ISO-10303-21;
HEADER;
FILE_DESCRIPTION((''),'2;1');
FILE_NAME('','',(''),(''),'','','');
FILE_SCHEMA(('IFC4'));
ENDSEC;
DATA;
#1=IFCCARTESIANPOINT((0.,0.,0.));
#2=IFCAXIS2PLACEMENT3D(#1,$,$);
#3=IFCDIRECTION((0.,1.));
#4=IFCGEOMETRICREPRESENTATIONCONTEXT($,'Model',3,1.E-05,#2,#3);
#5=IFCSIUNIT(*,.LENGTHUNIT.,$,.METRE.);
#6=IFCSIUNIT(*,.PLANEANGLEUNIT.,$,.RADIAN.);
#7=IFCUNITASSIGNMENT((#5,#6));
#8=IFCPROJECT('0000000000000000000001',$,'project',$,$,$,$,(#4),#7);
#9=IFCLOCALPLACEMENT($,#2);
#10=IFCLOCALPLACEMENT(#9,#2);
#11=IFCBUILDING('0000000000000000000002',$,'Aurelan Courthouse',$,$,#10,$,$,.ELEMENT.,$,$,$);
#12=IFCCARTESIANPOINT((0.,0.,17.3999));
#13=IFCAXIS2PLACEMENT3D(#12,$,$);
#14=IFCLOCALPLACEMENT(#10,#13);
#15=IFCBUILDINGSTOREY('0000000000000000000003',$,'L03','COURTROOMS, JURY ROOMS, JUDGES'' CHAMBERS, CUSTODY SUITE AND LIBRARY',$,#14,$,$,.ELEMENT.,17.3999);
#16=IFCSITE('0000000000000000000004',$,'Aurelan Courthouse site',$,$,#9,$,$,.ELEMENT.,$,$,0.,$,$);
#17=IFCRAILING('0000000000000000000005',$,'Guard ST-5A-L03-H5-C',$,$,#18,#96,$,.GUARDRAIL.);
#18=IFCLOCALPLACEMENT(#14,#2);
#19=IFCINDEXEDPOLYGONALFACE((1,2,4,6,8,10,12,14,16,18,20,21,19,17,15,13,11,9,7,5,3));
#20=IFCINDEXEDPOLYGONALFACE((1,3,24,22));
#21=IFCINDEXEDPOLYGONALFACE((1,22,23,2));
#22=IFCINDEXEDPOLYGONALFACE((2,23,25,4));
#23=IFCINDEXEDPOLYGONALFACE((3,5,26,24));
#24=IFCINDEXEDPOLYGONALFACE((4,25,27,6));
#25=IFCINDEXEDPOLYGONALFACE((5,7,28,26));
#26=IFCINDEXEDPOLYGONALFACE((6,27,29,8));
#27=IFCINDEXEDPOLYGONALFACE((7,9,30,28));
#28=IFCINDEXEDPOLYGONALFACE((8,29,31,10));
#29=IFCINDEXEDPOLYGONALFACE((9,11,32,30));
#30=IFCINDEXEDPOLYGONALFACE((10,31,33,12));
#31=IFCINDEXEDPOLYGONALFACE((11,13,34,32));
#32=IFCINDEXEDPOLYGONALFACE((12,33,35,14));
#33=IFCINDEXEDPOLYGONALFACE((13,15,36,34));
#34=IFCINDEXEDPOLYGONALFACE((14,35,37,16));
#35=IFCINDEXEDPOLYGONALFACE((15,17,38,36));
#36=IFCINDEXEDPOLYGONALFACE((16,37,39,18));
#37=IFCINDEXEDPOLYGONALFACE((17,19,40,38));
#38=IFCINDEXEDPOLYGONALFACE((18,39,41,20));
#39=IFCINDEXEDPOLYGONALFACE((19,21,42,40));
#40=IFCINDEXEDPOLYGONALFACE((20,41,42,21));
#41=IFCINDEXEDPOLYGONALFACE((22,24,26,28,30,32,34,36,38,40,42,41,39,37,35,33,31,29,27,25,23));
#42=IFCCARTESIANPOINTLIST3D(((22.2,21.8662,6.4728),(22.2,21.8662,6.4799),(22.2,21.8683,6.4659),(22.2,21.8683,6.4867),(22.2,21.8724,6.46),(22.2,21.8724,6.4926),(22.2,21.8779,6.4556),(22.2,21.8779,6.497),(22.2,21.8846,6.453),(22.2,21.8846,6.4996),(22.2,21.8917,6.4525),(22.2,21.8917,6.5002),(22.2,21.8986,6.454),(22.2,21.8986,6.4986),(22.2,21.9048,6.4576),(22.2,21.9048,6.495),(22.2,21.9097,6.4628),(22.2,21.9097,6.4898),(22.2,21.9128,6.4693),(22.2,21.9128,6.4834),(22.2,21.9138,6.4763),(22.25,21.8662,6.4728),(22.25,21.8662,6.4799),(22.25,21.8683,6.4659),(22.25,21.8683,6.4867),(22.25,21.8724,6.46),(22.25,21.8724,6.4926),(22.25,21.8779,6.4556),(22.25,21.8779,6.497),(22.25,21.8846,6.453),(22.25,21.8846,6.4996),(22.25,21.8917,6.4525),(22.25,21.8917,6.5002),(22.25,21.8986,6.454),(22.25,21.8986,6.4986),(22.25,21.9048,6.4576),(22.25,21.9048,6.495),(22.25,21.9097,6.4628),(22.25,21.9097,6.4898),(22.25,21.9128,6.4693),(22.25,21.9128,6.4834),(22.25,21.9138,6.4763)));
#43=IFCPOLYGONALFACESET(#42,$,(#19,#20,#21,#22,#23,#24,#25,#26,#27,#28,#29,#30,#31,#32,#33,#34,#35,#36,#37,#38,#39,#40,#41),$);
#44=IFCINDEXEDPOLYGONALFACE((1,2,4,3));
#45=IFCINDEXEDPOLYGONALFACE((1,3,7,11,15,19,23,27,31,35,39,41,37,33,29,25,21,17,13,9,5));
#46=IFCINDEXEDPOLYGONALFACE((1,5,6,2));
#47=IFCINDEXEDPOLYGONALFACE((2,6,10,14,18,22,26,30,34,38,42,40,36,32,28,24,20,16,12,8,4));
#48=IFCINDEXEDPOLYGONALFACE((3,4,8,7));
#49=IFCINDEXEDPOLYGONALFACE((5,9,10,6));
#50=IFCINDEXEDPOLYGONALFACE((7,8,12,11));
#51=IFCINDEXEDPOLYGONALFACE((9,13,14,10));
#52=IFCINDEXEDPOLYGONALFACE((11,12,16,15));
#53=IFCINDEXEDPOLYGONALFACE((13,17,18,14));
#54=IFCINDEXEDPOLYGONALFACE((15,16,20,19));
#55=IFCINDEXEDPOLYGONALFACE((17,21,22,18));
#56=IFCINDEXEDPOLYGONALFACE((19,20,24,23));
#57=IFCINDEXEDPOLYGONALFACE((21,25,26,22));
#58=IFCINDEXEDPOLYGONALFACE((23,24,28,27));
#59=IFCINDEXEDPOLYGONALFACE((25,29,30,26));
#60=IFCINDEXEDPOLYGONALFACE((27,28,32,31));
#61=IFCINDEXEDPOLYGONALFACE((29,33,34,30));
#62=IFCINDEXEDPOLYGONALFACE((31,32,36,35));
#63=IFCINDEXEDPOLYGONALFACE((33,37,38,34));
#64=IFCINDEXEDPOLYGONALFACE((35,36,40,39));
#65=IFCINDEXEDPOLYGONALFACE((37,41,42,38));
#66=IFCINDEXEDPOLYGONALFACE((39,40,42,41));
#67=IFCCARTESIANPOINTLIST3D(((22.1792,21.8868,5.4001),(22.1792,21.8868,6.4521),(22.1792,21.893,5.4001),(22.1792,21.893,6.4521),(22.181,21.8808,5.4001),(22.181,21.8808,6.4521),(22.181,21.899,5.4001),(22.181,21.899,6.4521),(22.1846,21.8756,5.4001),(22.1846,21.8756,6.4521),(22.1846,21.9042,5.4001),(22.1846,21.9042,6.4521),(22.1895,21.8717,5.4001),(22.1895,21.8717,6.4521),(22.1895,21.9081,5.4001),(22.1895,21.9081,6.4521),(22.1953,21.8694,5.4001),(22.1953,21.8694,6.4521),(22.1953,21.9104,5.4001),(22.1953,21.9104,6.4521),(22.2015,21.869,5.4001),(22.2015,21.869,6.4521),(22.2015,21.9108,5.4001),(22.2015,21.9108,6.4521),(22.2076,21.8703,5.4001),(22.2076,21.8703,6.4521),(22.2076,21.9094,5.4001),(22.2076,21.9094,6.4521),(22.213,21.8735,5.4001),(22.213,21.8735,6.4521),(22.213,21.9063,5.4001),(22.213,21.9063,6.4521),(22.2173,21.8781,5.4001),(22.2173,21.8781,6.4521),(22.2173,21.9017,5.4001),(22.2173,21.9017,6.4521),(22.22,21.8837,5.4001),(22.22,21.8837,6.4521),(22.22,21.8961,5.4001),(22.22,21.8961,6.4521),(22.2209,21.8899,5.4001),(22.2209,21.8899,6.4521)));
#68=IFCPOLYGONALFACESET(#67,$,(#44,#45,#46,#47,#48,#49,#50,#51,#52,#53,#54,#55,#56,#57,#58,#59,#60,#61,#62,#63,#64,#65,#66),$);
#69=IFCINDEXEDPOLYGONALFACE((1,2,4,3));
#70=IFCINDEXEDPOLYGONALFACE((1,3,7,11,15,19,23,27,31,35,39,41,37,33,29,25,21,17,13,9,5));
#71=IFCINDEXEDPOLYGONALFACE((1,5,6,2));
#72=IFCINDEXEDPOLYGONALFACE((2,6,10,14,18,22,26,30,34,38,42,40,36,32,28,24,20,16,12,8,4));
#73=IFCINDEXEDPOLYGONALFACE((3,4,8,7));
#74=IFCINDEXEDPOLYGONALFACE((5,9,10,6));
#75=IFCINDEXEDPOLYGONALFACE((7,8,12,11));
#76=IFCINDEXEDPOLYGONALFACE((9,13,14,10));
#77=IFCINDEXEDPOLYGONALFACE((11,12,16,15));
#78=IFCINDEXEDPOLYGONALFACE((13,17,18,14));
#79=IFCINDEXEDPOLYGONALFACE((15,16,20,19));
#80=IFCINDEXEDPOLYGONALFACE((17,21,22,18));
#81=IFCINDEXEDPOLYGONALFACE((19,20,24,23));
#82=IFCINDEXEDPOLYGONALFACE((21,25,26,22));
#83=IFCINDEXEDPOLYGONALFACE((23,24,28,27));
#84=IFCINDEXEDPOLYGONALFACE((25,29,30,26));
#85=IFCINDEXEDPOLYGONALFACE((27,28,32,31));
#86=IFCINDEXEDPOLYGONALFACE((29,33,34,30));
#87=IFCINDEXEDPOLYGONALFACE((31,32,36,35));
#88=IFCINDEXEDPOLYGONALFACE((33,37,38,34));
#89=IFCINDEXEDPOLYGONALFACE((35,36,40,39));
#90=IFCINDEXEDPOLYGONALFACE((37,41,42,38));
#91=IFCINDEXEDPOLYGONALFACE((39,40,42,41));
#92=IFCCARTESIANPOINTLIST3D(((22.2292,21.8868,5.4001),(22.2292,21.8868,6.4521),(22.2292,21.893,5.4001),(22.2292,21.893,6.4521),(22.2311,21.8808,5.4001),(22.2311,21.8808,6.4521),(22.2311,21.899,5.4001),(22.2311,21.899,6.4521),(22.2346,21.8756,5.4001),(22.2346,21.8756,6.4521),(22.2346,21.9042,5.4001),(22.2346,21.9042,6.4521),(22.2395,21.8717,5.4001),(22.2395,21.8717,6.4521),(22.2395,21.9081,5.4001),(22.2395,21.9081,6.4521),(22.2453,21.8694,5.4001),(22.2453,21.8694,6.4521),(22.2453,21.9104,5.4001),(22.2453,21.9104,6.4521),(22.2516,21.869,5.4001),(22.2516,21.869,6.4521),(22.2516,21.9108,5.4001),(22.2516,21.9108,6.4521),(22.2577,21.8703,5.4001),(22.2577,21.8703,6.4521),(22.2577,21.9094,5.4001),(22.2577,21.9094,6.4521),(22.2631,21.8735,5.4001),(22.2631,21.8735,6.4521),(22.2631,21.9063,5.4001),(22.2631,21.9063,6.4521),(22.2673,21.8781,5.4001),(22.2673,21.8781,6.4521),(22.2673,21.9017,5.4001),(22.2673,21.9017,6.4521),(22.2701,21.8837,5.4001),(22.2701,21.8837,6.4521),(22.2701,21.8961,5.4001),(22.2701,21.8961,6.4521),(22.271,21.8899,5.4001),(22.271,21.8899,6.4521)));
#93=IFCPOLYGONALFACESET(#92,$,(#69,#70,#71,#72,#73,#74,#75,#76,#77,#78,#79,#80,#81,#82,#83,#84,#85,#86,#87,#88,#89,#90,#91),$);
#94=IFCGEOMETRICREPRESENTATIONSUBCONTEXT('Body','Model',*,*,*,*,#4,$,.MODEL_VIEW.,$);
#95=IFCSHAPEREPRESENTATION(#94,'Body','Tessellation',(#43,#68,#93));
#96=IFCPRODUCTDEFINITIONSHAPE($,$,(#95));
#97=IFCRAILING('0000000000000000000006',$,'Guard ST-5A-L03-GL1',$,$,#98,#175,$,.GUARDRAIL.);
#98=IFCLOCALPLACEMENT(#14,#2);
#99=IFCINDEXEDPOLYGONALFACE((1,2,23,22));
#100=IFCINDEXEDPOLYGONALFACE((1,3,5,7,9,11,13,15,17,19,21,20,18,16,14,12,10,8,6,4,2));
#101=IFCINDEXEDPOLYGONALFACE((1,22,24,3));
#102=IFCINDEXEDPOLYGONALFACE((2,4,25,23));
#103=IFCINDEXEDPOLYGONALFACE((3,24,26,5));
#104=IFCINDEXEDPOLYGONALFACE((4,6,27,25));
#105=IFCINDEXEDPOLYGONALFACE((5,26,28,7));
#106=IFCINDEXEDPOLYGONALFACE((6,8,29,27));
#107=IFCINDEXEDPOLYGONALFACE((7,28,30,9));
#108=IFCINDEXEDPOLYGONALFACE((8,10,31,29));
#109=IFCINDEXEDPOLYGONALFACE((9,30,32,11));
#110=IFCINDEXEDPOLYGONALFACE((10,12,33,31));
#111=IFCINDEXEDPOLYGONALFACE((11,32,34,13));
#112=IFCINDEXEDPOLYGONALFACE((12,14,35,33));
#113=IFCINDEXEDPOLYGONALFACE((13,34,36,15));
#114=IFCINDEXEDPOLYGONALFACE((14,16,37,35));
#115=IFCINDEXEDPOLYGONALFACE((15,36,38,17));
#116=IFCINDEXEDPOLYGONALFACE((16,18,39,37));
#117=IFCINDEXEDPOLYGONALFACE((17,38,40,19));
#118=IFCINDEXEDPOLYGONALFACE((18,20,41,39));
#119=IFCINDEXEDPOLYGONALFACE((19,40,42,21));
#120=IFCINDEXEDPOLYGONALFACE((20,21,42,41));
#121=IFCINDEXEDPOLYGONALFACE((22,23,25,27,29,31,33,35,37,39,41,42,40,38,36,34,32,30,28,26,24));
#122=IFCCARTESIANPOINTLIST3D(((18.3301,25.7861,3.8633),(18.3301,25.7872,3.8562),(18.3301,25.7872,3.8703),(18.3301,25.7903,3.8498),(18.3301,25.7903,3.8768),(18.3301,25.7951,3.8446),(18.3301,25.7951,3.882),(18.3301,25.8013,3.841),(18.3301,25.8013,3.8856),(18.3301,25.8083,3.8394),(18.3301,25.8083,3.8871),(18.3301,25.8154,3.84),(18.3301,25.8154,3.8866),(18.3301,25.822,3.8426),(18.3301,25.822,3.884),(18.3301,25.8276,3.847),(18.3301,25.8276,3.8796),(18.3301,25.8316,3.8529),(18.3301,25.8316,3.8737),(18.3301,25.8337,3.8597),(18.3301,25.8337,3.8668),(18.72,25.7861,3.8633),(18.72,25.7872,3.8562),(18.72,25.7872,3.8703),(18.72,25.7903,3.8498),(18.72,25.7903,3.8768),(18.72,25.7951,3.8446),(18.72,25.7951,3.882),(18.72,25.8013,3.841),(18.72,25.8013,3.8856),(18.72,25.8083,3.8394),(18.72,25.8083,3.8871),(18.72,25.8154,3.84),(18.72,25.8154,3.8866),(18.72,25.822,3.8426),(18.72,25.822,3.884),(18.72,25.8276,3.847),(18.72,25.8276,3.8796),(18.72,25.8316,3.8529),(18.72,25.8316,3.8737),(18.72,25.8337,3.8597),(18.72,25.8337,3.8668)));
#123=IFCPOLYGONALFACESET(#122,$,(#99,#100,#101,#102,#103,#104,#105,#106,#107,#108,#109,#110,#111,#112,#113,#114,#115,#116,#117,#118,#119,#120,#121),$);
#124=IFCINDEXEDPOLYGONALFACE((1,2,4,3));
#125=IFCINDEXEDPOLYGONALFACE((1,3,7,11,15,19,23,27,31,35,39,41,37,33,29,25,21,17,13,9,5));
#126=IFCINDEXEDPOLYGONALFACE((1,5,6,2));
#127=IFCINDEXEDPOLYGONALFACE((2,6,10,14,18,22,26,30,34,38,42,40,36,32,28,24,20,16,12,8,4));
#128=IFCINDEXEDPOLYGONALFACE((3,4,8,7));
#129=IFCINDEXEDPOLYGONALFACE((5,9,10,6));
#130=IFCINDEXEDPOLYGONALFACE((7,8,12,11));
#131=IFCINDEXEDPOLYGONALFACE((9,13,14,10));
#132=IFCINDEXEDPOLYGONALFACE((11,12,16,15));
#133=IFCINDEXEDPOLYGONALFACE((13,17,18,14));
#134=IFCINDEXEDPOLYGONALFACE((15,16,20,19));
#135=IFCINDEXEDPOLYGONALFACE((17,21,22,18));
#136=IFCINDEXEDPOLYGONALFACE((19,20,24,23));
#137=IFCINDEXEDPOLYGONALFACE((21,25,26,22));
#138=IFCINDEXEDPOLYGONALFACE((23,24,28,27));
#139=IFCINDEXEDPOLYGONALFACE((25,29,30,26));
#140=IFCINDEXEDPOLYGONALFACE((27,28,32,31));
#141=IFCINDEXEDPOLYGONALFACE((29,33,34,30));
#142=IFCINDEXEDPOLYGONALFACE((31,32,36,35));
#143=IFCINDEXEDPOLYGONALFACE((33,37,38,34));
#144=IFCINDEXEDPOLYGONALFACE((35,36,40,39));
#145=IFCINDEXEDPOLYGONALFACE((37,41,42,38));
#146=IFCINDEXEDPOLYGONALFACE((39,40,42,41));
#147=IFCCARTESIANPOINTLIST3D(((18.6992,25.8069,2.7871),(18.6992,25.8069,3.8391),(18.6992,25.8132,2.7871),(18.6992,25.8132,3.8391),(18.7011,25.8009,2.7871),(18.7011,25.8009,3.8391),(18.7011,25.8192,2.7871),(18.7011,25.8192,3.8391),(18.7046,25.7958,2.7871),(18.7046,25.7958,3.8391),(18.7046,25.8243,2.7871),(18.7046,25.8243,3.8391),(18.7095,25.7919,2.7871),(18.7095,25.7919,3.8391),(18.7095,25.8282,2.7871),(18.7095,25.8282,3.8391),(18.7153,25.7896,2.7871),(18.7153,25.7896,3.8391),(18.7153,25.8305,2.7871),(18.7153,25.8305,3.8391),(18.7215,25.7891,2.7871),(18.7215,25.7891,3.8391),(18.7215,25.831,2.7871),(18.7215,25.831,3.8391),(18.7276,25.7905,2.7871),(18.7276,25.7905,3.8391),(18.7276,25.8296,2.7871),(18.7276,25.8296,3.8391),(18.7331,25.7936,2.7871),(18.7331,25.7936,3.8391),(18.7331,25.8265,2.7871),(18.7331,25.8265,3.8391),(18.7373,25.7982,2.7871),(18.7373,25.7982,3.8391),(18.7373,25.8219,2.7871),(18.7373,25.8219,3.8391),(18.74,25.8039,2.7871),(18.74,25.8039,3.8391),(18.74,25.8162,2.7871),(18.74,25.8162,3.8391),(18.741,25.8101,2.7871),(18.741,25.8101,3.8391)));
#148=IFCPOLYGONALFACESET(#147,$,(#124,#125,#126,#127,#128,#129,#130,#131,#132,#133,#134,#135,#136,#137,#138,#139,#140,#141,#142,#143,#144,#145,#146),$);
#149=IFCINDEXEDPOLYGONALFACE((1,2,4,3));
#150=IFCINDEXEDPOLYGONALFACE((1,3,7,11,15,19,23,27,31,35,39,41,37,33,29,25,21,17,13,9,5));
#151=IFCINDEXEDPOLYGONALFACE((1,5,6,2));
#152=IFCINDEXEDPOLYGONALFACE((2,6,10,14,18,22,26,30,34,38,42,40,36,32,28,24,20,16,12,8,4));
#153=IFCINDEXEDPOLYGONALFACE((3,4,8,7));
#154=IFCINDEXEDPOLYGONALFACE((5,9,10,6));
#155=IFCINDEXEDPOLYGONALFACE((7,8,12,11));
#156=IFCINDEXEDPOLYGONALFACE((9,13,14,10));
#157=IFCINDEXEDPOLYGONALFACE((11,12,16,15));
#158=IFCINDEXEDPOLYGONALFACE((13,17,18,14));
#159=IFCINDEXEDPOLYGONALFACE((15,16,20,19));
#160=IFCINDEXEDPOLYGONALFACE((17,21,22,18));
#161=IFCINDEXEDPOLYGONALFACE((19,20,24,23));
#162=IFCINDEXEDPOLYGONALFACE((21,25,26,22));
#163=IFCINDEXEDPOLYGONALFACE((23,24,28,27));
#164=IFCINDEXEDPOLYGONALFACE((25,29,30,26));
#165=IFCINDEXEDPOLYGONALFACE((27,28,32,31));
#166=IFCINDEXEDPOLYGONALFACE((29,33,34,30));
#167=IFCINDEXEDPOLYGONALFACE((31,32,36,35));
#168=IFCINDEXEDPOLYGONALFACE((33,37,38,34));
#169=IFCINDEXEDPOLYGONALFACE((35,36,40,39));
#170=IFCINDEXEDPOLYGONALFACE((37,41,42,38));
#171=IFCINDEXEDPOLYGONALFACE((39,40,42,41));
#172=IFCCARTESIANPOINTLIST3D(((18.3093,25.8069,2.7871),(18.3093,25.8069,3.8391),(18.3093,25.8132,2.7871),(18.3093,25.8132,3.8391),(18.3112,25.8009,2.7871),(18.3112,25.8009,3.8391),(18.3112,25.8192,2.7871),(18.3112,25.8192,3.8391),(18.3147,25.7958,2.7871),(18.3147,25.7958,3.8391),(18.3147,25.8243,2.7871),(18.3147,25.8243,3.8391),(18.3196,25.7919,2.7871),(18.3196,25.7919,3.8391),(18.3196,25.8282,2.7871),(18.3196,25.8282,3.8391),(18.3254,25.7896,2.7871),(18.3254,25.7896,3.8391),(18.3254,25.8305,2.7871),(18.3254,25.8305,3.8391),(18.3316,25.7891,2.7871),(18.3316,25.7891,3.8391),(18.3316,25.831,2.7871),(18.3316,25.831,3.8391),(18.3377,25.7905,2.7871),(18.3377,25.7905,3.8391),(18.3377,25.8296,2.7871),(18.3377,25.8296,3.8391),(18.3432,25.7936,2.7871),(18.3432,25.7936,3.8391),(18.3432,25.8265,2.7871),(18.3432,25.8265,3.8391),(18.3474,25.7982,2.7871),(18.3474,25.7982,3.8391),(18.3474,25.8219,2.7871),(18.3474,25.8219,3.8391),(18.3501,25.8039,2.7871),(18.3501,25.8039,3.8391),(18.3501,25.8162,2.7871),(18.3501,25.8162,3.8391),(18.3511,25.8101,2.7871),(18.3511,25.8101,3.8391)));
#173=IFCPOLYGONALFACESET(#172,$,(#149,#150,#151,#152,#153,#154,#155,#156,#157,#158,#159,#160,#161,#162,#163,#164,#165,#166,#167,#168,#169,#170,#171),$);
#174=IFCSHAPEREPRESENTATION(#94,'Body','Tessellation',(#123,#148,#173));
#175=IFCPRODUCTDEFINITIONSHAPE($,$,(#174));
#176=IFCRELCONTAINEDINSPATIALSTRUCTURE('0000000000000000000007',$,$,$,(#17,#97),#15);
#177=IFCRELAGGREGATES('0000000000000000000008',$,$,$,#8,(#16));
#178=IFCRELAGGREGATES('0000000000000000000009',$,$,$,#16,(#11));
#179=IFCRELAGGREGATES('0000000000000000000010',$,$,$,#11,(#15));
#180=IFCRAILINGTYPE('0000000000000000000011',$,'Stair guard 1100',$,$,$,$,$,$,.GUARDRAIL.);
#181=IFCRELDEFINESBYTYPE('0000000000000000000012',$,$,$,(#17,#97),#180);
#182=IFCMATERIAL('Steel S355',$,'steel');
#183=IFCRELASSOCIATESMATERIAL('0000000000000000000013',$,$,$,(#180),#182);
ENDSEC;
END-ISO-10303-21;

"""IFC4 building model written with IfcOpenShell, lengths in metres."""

from ifc_helpers import new_model, si_unit, direction, frame, origin, origin_2d, place, context, subcontext, project, spatial, circle, extrude, material, type_object, element, save


model = new_model("IFC4")

# Units and contexts
model_context = context("Model", 3, precision=1e-05, world=origin(), true_north=direction((0.0, 1.0)))
body_context = subcontext(model_context, "Body", "Model", "MODEL_VIEW")
ifc_project = project(units=[si_unit("LENGTHUNIT", "METRE"), si_unit("PLANEANGLEUNIT", "RADIAN")], contexts=[model_context])

# Site, building, storey
site_placement = place(None, origin())
site = spatial("IfcSite", under=ifc_project, at=site_placement, Name="Aurelan Courthouse site", CompositionType="ELEMENT", RefElevation=0.0)
building_placement = place(site_placement, origin())
building = spatial("IfcBuilding", under=site, at=building_placement, Name="Aurelan Courthouse", CompositionType="ELEMENT")
storey_placement = place(building_placement, frame((0.0, 0.0, 17.3999)))
storey = spatial("IfcBuildingStorey", under=building, at=storey_placement, Name="L03", Description="COURTROOMS, JURY ROOMS, JUDGES' CHAMBERS, CUSTODY SUITE AND LIBRARY", CompositionType="ELEMENT", Elevation=17.3999)

# Railings
ifc_material_1 = material(Name="Steel S355", Category="steel")
railing_type_1 = type_object("IfcRailingType", Name="Stair guard 1100", PredefinedType="GUARDRAIL", material=ifc_material_1)
railing_1_placement = place(storey_placement, frame((22.2, 21.8899, 5.4001)))
element("IfcRailing", 1, at=railing_1_placement, inside=storey, type_object=railing_type_1, Name="Guard ST-5A-L03-H5-C", PredefinedType="GUARDRAIL", context=body_context, shape_type="SweptSolid", body=[
    extrude(circle(Radius=0.0239, at=origin_2d()), frame((0.0, 0.0, 1.0762), z_axis=(1.0, 0.0, 0.0), x_axis=(0.0, 1.0, 0.0)), (0.0, 0.0, 1.0), 0.05),
    extrude(circle(Radius=0.021, at=origin_2d()), origin(), (0.0, 0.0, 1.0), 1.052),
    extrude(circle(Radius=0.021, at=origin_2d()), frame((0.05, 0.0, 0.0)), (0.0, 0.0, 1.0), 1.052),
])
railing_2_placement = place(storey_placement, frame((18.72, 25.8101, 2.7871)))
element("IfcRailing", 2, at=railing_2_placement, inside=storey, type_object=railing_type_1, Name="Guard ST-5A-L03-GL1", PredefinedType="GUARDRAIL", context=body_context, shape_type="SweptSolid", body=[
    extrude(circle(Radius=0.0239, at=origin_2d()), frame((0.0, 0.0, 1.0762), z_axis=(-1.0, 0.0, 0.0), x_axis=(0.0, -1.0, 0.0)), (0.0, 0.0, 1.0), 0.3899),
    extrude(circle(Radius=0.021, at=origin_2d()), origin(), (0.0, 0.0, 1.0), 1.052),
    extrude(circle(Radius=0.021, at=origin_2d()), frame((-0.3899, 0.0, 0.0)), (0.0, 0.0, 1.0), 1.052),
])

save(model, "model.ifc")
